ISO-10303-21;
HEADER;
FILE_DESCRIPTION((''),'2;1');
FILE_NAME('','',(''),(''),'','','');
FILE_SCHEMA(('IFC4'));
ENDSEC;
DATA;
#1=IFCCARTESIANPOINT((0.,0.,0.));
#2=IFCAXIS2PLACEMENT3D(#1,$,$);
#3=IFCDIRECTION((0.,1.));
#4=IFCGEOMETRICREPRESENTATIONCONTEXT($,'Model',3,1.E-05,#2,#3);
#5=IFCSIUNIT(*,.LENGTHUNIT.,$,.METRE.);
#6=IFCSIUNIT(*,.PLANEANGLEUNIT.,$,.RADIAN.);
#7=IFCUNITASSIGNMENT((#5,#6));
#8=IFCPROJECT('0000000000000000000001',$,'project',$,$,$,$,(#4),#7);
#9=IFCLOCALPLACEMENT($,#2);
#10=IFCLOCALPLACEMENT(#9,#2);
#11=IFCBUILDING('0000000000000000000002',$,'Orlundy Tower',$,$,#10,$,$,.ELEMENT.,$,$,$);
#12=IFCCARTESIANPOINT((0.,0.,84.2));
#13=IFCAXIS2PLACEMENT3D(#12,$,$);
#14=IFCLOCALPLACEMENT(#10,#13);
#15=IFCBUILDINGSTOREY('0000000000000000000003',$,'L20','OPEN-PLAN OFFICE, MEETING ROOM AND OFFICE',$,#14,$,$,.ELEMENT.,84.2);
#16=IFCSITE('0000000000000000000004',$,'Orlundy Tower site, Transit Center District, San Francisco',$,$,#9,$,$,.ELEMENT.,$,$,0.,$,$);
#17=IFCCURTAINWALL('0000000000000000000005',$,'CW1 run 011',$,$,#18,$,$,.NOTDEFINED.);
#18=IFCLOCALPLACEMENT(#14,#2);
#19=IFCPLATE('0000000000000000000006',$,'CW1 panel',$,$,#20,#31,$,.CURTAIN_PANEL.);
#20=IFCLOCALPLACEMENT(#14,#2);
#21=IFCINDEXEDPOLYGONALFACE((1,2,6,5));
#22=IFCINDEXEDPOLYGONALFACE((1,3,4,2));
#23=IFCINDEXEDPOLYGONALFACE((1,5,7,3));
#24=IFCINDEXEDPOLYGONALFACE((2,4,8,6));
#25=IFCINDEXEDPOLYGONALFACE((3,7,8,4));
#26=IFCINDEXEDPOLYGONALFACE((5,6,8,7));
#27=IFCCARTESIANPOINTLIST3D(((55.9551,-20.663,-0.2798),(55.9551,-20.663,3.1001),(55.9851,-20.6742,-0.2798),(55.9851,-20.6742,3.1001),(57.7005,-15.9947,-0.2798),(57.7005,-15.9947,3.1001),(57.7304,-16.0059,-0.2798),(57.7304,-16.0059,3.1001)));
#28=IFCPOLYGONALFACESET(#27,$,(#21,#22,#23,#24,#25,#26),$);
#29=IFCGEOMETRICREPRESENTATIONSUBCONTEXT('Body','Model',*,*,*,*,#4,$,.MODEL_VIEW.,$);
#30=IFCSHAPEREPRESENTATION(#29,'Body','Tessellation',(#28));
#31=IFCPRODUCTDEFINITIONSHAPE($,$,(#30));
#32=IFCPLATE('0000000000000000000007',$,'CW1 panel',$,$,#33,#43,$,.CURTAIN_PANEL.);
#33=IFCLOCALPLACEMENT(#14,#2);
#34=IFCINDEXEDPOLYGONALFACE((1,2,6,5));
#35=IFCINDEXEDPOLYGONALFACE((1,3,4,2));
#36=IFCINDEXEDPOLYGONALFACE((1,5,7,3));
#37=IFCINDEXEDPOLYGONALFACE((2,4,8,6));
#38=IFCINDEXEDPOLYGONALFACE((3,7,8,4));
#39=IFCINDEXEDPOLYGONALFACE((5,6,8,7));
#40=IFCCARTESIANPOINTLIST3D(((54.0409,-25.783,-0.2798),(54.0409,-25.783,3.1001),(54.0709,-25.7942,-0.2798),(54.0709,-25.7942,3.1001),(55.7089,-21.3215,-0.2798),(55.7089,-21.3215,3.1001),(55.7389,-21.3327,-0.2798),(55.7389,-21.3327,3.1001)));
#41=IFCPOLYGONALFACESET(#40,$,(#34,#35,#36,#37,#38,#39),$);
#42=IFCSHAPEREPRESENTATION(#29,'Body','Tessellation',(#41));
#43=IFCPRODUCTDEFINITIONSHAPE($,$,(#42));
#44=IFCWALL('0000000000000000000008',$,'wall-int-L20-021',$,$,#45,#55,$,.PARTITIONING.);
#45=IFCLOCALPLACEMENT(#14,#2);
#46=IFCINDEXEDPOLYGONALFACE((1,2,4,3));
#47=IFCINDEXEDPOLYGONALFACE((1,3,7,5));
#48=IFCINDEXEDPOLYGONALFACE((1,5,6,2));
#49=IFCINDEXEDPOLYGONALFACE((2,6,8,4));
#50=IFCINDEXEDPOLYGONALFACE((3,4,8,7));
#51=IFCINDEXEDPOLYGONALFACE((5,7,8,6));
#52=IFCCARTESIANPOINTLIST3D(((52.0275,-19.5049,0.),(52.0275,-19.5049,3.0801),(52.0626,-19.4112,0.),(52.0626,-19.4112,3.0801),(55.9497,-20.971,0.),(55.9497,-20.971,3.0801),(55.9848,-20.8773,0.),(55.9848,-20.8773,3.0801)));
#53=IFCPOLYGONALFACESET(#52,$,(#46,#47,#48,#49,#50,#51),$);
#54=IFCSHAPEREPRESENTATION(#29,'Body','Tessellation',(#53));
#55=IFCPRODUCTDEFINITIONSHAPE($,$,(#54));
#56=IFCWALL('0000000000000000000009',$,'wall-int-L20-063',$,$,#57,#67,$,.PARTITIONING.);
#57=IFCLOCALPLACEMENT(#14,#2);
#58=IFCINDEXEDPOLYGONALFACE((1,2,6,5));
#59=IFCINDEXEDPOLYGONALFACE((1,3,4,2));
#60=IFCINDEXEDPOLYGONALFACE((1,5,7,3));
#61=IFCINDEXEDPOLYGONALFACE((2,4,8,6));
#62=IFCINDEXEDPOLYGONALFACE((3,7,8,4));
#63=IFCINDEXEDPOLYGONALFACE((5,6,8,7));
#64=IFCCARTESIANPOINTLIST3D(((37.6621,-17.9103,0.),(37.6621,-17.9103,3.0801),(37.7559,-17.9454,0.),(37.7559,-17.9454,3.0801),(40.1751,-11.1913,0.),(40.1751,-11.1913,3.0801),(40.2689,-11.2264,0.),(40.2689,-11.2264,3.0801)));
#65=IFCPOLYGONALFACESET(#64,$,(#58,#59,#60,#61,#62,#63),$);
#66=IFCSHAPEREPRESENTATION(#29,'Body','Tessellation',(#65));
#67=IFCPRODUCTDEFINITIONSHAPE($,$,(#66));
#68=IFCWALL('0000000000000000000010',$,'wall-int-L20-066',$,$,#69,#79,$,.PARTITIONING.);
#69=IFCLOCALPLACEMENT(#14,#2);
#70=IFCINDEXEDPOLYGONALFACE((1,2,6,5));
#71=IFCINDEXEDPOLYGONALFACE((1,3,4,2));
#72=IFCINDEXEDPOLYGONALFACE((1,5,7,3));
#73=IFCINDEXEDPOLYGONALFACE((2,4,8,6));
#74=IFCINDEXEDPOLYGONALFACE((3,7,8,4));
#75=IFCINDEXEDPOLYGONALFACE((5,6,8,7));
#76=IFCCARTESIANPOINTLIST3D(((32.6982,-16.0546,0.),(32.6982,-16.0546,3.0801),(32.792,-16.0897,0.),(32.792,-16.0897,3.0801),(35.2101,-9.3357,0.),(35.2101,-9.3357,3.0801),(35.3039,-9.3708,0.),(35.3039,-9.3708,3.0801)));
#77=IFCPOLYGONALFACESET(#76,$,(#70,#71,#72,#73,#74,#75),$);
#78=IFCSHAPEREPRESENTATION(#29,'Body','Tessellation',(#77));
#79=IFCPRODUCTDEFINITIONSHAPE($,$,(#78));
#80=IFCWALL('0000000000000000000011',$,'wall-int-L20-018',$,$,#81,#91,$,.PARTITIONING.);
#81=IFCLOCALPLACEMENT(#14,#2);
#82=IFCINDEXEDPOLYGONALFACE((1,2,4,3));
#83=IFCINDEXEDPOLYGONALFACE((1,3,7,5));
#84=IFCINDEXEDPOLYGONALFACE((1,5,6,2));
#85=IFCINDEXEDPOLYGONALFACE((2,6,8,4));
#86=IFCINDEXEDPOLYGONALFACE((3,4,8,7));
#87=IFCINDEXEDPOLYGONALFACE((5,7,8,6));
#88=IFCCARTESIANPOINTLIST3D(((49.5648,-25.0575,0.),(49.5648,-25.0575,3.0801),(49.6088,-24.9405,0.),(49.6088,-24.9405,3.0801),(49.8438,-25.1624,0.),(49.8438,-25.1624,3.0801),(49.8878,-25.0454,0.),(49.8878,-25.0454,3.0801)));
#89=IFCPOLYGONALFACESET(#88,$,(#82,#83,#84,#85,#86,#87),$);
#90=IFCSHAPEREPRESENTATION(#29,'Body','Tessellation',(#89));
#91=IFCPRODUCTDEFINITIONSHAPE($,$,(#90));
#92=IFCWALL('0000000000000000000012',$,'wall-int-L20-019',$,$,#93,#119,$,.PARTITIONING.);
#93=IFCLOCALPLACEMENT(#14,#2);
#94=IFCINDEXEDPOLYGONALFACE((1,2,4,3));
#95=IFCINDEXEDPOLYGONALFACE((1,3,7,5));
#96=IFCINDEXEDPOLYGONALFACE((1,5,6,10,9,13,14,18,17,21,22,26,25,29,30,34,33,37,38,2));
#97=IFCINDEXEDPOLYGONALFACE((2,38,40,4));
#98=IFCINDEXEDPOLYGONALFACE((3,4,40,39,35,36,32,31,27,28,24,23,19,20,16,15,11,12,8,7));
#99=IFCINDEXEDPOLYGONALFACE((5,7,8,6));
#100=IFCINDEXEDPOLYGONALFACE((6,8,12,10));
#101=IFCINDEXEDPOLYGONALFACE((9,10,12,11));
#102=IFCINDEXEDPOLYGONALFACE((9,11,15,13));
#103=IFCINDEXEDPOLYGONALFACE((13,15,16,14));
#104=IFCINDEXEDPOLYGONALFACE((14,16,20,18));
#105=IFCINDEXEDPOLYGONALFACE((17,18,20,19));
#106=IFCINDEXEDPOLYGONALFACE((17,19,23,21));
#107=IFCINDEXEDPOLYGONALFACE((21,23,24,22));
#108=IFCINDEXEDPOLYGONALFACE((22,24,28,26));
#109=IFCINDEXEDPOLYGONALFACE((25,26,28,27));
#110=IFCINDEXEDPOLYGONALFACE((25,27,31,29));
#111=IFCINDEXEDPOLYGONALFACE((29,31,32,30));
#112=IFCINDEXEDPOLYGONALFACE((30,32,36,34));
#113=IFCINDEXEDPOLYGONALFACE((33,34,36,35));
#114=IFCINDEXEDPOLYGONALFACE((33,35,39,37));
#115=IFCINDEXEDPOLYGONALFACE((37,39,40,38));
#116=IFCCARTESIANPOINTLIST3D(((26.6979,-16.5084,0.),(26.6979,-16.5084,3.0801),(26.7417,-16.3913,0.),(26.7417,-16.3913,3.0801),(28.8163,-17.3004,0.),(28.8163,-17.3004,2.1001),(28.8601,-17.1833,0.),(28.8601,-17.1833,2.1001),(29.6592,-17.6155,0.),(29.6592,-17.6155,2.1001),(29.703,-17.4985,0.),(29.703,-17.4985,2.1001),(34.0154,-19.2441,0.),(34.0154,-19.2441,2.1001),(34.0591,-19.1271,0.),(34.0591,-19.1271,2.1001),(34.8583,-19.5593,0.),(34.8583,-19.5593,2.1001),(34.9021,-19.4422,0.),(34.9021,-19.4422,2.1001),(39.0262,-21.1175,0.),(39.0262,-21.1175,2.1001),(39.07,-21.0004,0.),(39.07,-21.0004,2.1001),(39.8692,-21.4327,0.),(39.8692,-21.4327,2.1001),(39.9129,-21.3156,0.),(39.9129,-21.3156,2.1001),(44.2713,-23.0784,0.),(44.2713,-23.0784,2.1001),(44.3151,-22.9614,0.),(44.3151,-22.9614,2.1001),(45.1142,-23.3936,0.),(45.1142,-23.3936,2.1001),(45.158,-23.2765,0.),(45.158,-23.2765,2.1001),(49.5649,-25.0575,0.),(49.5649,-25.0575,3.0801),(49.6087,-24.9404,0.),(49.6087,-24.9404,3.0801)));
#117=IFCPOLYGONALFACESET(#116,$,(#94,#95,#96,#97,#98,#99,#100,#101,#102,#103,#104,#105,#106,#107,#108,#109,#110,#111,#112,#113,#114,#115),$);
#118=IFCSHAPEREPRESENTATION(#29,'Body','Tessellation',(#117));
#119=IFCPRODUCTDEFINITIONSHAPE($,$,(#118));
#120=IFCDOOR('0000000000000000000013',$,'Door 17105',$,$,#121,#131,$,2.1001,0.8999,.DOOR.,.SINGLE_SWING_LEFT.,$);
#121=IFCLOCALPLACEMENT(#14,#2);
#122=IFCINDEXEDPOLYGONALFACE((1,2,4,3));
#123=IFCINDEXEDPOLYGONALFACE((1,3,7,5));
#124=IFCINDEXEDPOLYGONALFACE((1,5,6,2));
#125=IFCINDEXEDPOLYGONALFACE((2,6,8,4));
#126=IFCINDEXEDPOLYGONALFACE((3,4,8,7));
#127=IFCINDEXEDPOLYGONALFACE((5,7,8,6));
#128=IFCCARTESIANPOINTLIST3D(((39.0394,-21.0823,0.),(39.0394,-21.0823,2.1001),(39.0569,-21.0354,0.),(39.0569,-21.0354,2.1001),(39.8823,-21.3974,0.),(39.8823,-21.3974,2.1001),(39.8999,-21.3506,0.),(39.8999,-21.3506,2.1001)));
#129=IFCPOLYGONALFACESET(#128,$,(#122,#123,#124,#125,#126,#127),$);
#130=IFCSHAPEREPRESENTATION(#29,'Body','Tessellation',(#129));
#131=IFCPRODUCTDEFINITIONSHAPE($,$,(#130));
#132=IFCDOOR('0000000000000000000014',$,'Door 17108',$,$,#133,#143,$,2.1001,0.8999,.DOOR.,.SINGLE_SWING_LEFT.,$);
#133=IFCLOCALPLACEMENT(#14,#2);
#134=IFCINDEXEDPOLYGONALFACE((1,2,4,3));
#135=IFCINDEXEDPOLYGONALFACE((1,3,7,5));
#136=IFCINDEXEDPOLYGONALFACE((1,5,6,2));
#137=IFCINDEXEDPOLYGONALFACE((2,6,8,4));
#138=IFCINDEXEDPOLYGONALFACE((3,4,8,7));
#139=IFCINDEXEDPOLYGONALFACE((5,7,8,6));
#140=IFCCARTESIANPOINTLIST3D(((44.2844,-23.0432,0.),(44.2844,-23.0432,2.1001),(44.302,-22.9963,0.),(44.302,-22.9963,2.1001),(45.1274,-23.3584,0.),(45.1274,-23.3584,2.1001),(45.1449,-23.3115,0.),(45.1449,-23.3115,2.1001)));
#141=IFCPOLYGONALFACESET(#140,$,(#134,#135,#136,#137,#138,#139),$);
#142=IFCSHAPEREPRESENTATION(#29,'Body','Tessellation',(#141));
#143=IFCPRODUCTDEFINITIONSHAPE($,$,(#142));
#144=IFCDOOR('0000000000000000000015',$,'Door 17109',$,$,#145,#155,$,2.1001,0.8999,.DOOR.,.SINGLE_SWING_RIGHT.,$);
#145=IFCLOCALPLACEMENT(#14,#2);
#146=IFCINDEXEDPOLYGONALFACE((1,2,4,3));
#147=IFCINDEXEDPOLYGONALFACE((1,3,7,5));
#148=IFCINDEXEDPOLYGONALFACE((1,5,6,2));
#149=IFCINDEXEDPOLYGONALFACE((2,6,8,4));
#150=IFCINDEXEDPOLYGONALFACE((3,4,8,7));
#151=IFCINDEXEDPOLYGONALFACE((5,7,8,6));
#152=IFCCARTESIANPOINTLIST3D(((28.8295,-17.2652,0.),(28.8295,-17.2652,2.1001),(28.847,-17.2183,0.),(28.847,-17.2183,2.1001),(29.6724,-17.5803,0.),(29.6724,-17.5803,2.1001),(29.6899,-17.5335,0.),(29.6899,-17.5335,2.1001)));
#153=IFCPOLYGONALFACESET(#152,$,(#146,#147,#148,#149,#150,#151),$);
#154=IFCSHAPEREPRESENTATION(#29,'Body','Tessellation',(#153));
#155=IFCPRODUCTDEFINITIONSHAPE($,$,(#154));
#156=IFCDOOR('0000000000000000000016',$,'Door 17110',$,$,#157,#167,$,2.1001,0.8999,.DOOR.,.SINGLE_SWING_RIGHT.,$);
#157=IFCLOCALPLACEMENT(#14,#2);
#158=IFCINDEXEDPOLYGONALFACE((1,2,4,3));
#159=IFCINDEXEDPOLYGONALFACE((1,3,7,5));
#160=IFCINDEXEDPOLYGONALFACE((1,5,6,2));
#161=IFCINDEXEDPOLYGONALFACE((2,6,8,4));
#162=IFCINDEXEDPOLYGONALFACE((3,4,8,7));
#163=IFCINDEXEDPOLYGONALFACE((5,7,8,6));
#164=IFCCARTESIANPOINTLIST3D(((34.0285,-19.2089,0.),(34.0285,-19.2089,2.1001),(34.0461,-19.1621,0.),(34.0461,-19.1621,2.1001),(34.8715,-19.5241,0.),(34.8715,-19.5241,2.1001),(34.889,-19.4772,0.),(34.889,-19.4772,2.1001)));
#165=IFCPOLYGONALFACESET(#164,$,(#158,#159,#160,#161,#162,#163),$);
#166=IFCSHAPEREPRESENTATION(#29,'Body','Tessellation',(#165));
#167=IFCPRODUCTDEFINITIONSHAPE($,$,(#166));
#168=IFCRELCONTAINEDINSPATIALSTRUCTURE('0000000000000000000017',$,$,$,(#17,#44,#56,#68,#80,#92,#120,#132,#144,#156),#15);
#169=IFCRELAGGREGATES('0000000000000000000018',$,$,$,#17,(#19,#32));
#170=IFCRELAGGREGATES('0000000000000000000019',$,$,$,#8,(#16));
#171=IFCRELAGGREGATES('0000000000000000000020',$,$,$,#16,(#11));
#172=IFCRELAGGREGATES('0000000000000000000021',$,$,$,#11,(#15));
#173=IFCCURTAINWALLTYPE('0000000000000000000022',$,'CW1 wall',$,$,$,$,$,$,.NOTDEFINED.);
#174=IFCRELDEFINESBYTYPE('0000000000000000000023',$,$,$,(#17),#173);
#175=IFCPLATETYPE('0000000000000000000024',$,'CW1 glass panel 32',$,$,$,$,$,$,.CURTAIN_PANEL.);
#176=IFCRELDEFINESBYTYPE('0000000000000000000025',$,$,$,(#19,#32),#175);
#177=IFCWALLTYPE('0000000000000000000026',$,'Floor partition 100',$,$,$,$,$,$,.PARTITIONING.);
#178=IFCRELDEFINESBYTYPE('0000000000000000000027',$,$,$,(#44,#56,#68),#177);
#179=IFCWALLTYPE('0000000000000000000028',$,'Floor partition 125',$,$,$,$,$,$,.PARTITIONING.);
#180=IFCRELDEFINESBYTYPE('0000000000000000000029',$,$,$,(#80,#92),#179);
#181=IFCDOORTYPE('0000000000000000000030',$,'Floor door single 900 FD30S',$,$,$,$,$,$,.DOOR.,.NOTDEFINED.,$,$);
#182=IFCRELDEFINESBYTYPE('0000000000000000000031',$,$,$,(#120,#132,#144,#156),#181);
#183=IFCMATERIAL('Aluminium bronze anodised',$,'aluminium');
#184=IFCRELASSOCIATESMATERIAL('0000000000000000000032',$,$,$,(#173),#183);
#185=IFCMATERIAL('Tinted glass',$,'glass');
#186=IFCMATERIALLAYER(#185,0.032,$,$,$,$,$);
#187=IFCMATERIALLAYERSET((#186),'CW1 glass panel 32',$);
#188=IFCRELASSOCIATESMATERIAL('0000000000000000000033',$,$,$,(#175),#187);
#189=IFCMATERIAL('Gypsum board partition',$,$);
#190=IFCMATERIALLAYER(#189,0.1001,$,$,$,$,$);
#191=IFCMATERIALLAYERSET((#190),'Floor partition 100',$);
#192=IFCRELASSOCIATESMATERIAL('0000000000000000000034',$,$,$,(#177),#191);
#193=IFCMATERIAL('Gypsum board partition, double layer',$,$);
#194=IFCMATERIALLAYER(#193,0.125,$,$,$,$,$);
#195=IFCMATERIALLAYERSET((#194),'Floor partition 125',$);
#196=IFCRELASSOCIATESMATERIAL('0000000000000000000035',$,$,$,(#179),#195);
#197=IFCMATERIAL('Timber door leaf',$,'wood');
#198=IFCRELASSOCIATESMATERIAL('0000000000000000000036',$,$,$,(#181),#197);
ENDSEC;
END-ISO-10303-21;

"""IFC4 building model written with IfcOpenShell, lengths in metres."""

from ifc_helpers import new_model, si_unit, direction, frame, frame_2d, origin, origin_2d, place, context, subcontext, project, spatial, rectangle, extrude, material, layer, layer_set, type_object, element, fill, aggregate, save


model = new_model("IFC4")

# Units and contexts
model_context = context("Model", 3, precision=1e-05, world=origin(), true_north=direction((0.0, 1.0)))
body_context = subcontext(model_context, "Body", "Model", "MODEL_VIEW")
ifc_project = project(units=[si_unit("LENGTHUNIT", "METRE"), si_unit("PLANEANGLEUNIT", "RADIAN")], contexts=[model_context])

# Site, building, storey
site_placement = place(None, origin())
site = spatial("IfcSite", under=ifc_project, at=site_placement, Name="Orlundy Tower site, Transit Center District, San Francisco", CompositionType="ELEMENT", RefElevation=0.0)
building_placement = place(site_placement, origin())
building = spatial("IfcBuilding", under=site, at=building_placement, Name="Orlundy Tower", CompositionType="ELEMENT")
storey_placement = place(building_placement, frame((0.0, 0.0, 84.2)))
storey = spatial("IfcBuildingStorey", under=building, at=storey_placement, Name="L20", Description="OPEN-PLAN OFFICE, MEETING ROOM AND OFFICE", CompositionType="ELEMENT", Elevation=84.2)

# Curtain wall
ifc_material_1 = material(Name="Aluminium bronze anodised", Category="aluminium")
curtain_wall_type = type_object("IfcCurtainWallType", Name="CW1 wall", PredefinedType="NOTDEFINED", material=ifc_material_1)
curtain_wall_1_placement = place(storey_placement, origin())
curtain_wall_1 = element("IfcCurtainWall", 1, at=curtain_wall_1_placement, inside=storey, type_object=curtain_wall_type, Name="CW1 run 011", PredefinedType="NOTDEFINED")

# Shared definitions
ifc_material_2 = material(Name="Tinted glass", Category="glass")
ifc_layer_1 = layer(ifc_material_2, 0.032)
ifc_layer_set_1 = layer_set([ifc_layer_1], Name="CW1 glass panel 32")
plate_type = type_object("IfcPlateType", Name="CW1 glass panel 32", PredefinedType="CURTAIN_PANEL", material=ifc_layer_set_1)

# Plates
plate_1_placement = place(storey_placement, frame((56.8428, -18.3345, -0.2798), z_axis=(0.0, 0.0, 1.0), x_axis=(-0.350194, -0.936677, 0.0)))
plate_1 = element("IfcPlate", 2, at=plate_1_placement, type_object=plate_type, Name="CW1 panel", PredefinedType="CURTAIN_PANEL", context=body_context, shape_type="SweptSolid", body=[
    extrude(rectangle(XDim=4.9839, YDim=0.032, at=origin_2d()), origin(), (0.0, 0.0, 1.0), 3.3799),
])
plate_2_placement = place(storey_placement, frame((54.8899, -23.5579, -0.2798), z_axis=(0.0, 0.0, 1.0), x_axis=(-0.350194, -0.936677, 0.0)))
plate_2 = element("IfcPlate", 3, at=plate_2_placement, type_object=plate_type, Name="CW1 panel", PredefinedType="CURTAIN_PANEL", context=body_context, shape_type="SweptSolid", body=[
    extrude(rectangle(XDim=4.7632, YDim=0.032, at=origin_2d()), origin(), (0.0, 0.0, 1.0), 3.3799),
])
aggregate(curtain_wall_1, [plate_1, plate_2])

# Walls
ifc_material_3 = material(Name="Gypsum board partition")
ifc_layer_2 = layer(ifc_material_3, 0.1001)
ifc_layer_set_2 = layer_set([ifc_layer_2], Name="Floor partition 100")
wall_type_1 = type_object("IfcWallType", Name="Floor partition 100", PredefinedType="PARTITIONING", material=ifc_layer_set_2)
wall_1_placement = place(storey_placement, frame((52.0449, -19.458, 0.0), z_axis=(0.0, 0.0, 1.0), x_axis=(0.9367, -0.350133, 0.0)))
element("IfcWall", 4, at=wall_1_placement, inside=storey, type_object=wall_type_1, Name="wall-int-L20-021", PredefinedType="PARTITIONING", context=body_context, shape_type="SweptSolid", body=[
    extrude(rectangle(XDim=4.1873, YDim=0.1001, at=frame_2d((2.0938, 0.0))), origin(), (0.0, 0.0, 1.0), 3.0801),
])
wall_2_placement = place(storey_placement, frame((37.709, -17.928, 0.0), z_axis=(0.0, 0.0, 1.0), x_axis=(0.350307, 0.936635, 0.0)))
element("IfcWall", 5, at=wall_2_placement, inside=storey, type_object=wall_type_1, Name="wall-int-L20-063", PredefinedType="PARTITIONING", context=body_context, shape_type="SweptSolid", body=[
    extrude(rectangle(XDim=7.1736, YDim=0.1001, at=frame_2d((3.5869, 0.0))), origin(), (0.0, 0.0, 1.0), 3.0801),
])
wall_3_placement = place(storey_placement, frame((32.7451, -16.072, 0.0), z_axis=(0.0, 0.0, 1.0), x_axis=(0.350187, 0.93668, 0.0)))
element("IfcWall", 6, at=wall_3_placement, inside=storey, type_object=wall_type_1, Name="wall-int-L20-066", PredefinedType="PARTITIONING", context=body_context, shape_type="SweptSolid", body=[
    extrude(rectangle(XDim=7.1731, YDim=0.1001, at=frame_2d((3.5864, 0.0))), origin(), (0.0, 0.0, 1.0), 3.0801),
])
ifc_material_4 = material(Name="Gypsum board partition, double layer")
ifc_layer_3 = layer(ifc_material_4, 0.125)
ifc_layer_set_3 = layer_set([ifc_layer_3], Name="Floor partition 125")
wall_type_2 = type_object("IfcWallType", Name="Floor partition 125", PredefinedType="PARTITIONING", material=ifc_layer_set_3)
wall_4_placement = place(storey_placement, frame((49.5869, -24.999, 0.0), z_axis=(0.0, 0.0, 1.0), x_axis=(0.935958, -0.35211, 0.0)))
element("IfcWall", 7, at=wall_4_placement, inside=storey, type_object=wall_type_2, Name="wall-int-L20-018", PredefinedType="PARTITIONING", context=body_context, shape_type="SweptSolid", body=[
    extrude(rectangle(XDim=0.2981, YDim=0.125, at=frame_2d((0.1489, 0.0))), origin(), (0.0, 0.0, 1.0), 3.0801),
])

# Wall, openings, doors
wall_5_placement = place(storey_placement, frame((49.5869, -24.999, 0.0), z_axis=(0.0, 0.0, 1.0), x_axis=(-0.936679, 0.350188, 0.0)))
wall_5 = element("IfcWall", 8, at=wall_5_placement, inside=storey, type_object=wall_type_2, Name="wall-int-L20-019", PredefinedType="PARTITIONING", context=body_context, shape_type="SweptSolid", body=[
    extrude(rectangle(XDim=24.4128, YDim=0.125, at=frame_2d((12.2065, 0.0))), origin(), (0.0, 0.0, 1.0), 3.0801),
])
opening_1_placement = place(wall_5_placement, frame((10.3513, 0.0, 0.0)))
opening_1 = element("IfcOpeningElement", 9, at=opening_1_placement, cuts=wall_5, PredefinedType="OPENING", context=body_context, shape_type="SweptSolid", body=[
    extrude(rectangle(XDim=0.8999, YDim=2.1001, at=frame_2d((0.45, 1.05))), frame((0.0, 0.0725, 0.0), z_axis=(0.0, -1.0, 0.0), x_axis=(1.0, 0.0, 0.0)), (0.0, 0.0, 1.0), 0.145),
])
opening_2_placement = place(wall_5_placement, frame((4.7517, 0.0, 0.0)))
opening_2 = element("IfcOpeningElement", 10, at=opening_2_placement, cuts=wall_5, PredefinedType="OPENING", context=body_context, shape_type="SweptSolid", body=[
    extrude(rectangle(XDim=0.8999, YDim=2.1001, at=frame_2d((0.45, 1.05))), frame((0.0, 0.0725, 0.0), z_axis=(0.0, -1.0, 0.0), x_axis=(1.0, 0.0, 0.0)), (0.0, 0.0, 1.0), 0.145),
])
opening_3_placement = place(wall_5_placement, frame((21.2515, 0.0, 0.0)))
opening_3 = element("IfcOpeningElement", 11, at=opening_3_placement, cuts=wall_5, PredefinedType="OPENING", context=body_context, shape_type="SweptSolid", body=[
    extrude(rectangle(XDim=0.8999, YDim=2.1001, at=frame_2d((0.45, 1.05))), frame((0.0, 0.0725, 0.0), z_axis=(0.0, -1.0, 0.0), x_axis=(1.0, 0.0, 0.0)), (0.0, 0.0, 1.0), 0.145),
])
opening_4_placement = place(wall_5_placement, frame((15.7009, 0.0, 0.0)))
opening_4 = element("IfcOpeningElement", 12, at=opening_4_placement, cuts=wall_5, PredefinedType="OPENING", context=body_context, shape_type="SweptSolid", body=[
    extrude(rectangle(XDim=0.8999, YDim=2.1001, at=frame_2d((0.45, 1.05))), frame((0.0, 0.0725, 0.0), z_axis=(0.0, -1.0, 0.0), x_axis=(1.0, 0.0, 0.0)), (0.0, 0.0, 1.0), 0.145),
])
ifc_material_5 = material(Name="Timber door leaf", Category="wood")
door_type = type_object("IfcDoorType", Name="Floor door single 900 FD30S", OperationType="NOTDEFINED", PredefinedType="DOOR", material=ifc_material_5)
door_1_placement = place(opening_1_placement, origin())
door_1 = element("IfcDoor", 13, at=door_1_placement, inside=storey, type_object=door_type, Name="Door 17105", OperationType="SINGLE_SWING_LEFT", OverallHeight=2.1001, OverallWidth=0.8999, PredefinedType="DOOR", context=body_context, shape_type="SweptSolid", body=[
    extrude(rectangle(XDim=0.8999, YDim=2.1001, at=frame_2d((0.45, 1.05))), frame((0.0, 0.0249, 0.0), z_axis=(0.0, -1.0, 0.0), x_axis=(1.0, 0.0, 0.0)), (0.0, 0.0, 1.0), 0.05),
])
fill(opening_1, door_1)
door_2_placement = place(opening_2_placement, origin())
door_2 = element("IfcDoor", 14, at=door_2_placement, inside=storey, type_object=door_type, Name="Door 17108", OperationType="SINGLE_SWING_LEFT", OverallHeight=2.1001, OverallWidth=0.8999, PredefinedType="DOOR", context=body_context, shape_type="SweptSolid", body=[
    extrude(rectangle(XDim=0.8999, YDim=2.1001, at=frame_2d((0.45, 1.05))), frame((0.0, 0.0249, 0.0), z_axis=(0.0, -1.0, 0.0), x_axis=(1.0, 0.0, 0.0)), (0.0, 0.0, 1.0), 0.05),
])
fill(opening_2, door_2)
door_3_placement = place(opening_3_placement, origin())
door_3 = element("IfcDoor", 15, at=door_3_placement, inside=storey, type_object=door_type, Name="Door 17109", OperationType="SINGLE_SWING_RIGHT", OverallHeight=2.1001, OverallWidth=0.8999, PredefinedType="DOOR", context=body_context, shape_type="SweptSolid", body=[
    extrude(rectangle(XDim=0.8999, YDim=2.1001, at=frame_2d((0.45, 1.05))), frame((0.0, 0.0249, 0.0), z_axis=(0.0, -1.0, 0.0), x_axis=(1.0, 0.0, 0.0)), (0.0, 0.0, 1.0), 0.05),
])
fill(opening_3, door_3)
door_4_placement = place(opening_4_placement, origin())
door_4 = element("IfcDoor", 16, at=door_4_placement, inside=storey, type_object=door_type, Name="Door 17110", OperationType="SINGLE_SWING_RIGHT", OverallHeight=2.1001, OverallWidth=0.8999, PredefinedType="DOOR", context=body_context, shape_type="SweptSolid", body=[
    extrude(rectangle(XDim=0.8999, YDim=2.1001, at=frame_2d((0.45, 1.05))), frame((0.0, 0.0249, 0.0), z_axis=(0.0, -1.0, 0.0), x_axis=(1.0, 0.0, 0.0)), (0.0, 0.0, 1.0), 0.05),
])
fill(opening_4, door_4)

save(model, "model.ifc")
